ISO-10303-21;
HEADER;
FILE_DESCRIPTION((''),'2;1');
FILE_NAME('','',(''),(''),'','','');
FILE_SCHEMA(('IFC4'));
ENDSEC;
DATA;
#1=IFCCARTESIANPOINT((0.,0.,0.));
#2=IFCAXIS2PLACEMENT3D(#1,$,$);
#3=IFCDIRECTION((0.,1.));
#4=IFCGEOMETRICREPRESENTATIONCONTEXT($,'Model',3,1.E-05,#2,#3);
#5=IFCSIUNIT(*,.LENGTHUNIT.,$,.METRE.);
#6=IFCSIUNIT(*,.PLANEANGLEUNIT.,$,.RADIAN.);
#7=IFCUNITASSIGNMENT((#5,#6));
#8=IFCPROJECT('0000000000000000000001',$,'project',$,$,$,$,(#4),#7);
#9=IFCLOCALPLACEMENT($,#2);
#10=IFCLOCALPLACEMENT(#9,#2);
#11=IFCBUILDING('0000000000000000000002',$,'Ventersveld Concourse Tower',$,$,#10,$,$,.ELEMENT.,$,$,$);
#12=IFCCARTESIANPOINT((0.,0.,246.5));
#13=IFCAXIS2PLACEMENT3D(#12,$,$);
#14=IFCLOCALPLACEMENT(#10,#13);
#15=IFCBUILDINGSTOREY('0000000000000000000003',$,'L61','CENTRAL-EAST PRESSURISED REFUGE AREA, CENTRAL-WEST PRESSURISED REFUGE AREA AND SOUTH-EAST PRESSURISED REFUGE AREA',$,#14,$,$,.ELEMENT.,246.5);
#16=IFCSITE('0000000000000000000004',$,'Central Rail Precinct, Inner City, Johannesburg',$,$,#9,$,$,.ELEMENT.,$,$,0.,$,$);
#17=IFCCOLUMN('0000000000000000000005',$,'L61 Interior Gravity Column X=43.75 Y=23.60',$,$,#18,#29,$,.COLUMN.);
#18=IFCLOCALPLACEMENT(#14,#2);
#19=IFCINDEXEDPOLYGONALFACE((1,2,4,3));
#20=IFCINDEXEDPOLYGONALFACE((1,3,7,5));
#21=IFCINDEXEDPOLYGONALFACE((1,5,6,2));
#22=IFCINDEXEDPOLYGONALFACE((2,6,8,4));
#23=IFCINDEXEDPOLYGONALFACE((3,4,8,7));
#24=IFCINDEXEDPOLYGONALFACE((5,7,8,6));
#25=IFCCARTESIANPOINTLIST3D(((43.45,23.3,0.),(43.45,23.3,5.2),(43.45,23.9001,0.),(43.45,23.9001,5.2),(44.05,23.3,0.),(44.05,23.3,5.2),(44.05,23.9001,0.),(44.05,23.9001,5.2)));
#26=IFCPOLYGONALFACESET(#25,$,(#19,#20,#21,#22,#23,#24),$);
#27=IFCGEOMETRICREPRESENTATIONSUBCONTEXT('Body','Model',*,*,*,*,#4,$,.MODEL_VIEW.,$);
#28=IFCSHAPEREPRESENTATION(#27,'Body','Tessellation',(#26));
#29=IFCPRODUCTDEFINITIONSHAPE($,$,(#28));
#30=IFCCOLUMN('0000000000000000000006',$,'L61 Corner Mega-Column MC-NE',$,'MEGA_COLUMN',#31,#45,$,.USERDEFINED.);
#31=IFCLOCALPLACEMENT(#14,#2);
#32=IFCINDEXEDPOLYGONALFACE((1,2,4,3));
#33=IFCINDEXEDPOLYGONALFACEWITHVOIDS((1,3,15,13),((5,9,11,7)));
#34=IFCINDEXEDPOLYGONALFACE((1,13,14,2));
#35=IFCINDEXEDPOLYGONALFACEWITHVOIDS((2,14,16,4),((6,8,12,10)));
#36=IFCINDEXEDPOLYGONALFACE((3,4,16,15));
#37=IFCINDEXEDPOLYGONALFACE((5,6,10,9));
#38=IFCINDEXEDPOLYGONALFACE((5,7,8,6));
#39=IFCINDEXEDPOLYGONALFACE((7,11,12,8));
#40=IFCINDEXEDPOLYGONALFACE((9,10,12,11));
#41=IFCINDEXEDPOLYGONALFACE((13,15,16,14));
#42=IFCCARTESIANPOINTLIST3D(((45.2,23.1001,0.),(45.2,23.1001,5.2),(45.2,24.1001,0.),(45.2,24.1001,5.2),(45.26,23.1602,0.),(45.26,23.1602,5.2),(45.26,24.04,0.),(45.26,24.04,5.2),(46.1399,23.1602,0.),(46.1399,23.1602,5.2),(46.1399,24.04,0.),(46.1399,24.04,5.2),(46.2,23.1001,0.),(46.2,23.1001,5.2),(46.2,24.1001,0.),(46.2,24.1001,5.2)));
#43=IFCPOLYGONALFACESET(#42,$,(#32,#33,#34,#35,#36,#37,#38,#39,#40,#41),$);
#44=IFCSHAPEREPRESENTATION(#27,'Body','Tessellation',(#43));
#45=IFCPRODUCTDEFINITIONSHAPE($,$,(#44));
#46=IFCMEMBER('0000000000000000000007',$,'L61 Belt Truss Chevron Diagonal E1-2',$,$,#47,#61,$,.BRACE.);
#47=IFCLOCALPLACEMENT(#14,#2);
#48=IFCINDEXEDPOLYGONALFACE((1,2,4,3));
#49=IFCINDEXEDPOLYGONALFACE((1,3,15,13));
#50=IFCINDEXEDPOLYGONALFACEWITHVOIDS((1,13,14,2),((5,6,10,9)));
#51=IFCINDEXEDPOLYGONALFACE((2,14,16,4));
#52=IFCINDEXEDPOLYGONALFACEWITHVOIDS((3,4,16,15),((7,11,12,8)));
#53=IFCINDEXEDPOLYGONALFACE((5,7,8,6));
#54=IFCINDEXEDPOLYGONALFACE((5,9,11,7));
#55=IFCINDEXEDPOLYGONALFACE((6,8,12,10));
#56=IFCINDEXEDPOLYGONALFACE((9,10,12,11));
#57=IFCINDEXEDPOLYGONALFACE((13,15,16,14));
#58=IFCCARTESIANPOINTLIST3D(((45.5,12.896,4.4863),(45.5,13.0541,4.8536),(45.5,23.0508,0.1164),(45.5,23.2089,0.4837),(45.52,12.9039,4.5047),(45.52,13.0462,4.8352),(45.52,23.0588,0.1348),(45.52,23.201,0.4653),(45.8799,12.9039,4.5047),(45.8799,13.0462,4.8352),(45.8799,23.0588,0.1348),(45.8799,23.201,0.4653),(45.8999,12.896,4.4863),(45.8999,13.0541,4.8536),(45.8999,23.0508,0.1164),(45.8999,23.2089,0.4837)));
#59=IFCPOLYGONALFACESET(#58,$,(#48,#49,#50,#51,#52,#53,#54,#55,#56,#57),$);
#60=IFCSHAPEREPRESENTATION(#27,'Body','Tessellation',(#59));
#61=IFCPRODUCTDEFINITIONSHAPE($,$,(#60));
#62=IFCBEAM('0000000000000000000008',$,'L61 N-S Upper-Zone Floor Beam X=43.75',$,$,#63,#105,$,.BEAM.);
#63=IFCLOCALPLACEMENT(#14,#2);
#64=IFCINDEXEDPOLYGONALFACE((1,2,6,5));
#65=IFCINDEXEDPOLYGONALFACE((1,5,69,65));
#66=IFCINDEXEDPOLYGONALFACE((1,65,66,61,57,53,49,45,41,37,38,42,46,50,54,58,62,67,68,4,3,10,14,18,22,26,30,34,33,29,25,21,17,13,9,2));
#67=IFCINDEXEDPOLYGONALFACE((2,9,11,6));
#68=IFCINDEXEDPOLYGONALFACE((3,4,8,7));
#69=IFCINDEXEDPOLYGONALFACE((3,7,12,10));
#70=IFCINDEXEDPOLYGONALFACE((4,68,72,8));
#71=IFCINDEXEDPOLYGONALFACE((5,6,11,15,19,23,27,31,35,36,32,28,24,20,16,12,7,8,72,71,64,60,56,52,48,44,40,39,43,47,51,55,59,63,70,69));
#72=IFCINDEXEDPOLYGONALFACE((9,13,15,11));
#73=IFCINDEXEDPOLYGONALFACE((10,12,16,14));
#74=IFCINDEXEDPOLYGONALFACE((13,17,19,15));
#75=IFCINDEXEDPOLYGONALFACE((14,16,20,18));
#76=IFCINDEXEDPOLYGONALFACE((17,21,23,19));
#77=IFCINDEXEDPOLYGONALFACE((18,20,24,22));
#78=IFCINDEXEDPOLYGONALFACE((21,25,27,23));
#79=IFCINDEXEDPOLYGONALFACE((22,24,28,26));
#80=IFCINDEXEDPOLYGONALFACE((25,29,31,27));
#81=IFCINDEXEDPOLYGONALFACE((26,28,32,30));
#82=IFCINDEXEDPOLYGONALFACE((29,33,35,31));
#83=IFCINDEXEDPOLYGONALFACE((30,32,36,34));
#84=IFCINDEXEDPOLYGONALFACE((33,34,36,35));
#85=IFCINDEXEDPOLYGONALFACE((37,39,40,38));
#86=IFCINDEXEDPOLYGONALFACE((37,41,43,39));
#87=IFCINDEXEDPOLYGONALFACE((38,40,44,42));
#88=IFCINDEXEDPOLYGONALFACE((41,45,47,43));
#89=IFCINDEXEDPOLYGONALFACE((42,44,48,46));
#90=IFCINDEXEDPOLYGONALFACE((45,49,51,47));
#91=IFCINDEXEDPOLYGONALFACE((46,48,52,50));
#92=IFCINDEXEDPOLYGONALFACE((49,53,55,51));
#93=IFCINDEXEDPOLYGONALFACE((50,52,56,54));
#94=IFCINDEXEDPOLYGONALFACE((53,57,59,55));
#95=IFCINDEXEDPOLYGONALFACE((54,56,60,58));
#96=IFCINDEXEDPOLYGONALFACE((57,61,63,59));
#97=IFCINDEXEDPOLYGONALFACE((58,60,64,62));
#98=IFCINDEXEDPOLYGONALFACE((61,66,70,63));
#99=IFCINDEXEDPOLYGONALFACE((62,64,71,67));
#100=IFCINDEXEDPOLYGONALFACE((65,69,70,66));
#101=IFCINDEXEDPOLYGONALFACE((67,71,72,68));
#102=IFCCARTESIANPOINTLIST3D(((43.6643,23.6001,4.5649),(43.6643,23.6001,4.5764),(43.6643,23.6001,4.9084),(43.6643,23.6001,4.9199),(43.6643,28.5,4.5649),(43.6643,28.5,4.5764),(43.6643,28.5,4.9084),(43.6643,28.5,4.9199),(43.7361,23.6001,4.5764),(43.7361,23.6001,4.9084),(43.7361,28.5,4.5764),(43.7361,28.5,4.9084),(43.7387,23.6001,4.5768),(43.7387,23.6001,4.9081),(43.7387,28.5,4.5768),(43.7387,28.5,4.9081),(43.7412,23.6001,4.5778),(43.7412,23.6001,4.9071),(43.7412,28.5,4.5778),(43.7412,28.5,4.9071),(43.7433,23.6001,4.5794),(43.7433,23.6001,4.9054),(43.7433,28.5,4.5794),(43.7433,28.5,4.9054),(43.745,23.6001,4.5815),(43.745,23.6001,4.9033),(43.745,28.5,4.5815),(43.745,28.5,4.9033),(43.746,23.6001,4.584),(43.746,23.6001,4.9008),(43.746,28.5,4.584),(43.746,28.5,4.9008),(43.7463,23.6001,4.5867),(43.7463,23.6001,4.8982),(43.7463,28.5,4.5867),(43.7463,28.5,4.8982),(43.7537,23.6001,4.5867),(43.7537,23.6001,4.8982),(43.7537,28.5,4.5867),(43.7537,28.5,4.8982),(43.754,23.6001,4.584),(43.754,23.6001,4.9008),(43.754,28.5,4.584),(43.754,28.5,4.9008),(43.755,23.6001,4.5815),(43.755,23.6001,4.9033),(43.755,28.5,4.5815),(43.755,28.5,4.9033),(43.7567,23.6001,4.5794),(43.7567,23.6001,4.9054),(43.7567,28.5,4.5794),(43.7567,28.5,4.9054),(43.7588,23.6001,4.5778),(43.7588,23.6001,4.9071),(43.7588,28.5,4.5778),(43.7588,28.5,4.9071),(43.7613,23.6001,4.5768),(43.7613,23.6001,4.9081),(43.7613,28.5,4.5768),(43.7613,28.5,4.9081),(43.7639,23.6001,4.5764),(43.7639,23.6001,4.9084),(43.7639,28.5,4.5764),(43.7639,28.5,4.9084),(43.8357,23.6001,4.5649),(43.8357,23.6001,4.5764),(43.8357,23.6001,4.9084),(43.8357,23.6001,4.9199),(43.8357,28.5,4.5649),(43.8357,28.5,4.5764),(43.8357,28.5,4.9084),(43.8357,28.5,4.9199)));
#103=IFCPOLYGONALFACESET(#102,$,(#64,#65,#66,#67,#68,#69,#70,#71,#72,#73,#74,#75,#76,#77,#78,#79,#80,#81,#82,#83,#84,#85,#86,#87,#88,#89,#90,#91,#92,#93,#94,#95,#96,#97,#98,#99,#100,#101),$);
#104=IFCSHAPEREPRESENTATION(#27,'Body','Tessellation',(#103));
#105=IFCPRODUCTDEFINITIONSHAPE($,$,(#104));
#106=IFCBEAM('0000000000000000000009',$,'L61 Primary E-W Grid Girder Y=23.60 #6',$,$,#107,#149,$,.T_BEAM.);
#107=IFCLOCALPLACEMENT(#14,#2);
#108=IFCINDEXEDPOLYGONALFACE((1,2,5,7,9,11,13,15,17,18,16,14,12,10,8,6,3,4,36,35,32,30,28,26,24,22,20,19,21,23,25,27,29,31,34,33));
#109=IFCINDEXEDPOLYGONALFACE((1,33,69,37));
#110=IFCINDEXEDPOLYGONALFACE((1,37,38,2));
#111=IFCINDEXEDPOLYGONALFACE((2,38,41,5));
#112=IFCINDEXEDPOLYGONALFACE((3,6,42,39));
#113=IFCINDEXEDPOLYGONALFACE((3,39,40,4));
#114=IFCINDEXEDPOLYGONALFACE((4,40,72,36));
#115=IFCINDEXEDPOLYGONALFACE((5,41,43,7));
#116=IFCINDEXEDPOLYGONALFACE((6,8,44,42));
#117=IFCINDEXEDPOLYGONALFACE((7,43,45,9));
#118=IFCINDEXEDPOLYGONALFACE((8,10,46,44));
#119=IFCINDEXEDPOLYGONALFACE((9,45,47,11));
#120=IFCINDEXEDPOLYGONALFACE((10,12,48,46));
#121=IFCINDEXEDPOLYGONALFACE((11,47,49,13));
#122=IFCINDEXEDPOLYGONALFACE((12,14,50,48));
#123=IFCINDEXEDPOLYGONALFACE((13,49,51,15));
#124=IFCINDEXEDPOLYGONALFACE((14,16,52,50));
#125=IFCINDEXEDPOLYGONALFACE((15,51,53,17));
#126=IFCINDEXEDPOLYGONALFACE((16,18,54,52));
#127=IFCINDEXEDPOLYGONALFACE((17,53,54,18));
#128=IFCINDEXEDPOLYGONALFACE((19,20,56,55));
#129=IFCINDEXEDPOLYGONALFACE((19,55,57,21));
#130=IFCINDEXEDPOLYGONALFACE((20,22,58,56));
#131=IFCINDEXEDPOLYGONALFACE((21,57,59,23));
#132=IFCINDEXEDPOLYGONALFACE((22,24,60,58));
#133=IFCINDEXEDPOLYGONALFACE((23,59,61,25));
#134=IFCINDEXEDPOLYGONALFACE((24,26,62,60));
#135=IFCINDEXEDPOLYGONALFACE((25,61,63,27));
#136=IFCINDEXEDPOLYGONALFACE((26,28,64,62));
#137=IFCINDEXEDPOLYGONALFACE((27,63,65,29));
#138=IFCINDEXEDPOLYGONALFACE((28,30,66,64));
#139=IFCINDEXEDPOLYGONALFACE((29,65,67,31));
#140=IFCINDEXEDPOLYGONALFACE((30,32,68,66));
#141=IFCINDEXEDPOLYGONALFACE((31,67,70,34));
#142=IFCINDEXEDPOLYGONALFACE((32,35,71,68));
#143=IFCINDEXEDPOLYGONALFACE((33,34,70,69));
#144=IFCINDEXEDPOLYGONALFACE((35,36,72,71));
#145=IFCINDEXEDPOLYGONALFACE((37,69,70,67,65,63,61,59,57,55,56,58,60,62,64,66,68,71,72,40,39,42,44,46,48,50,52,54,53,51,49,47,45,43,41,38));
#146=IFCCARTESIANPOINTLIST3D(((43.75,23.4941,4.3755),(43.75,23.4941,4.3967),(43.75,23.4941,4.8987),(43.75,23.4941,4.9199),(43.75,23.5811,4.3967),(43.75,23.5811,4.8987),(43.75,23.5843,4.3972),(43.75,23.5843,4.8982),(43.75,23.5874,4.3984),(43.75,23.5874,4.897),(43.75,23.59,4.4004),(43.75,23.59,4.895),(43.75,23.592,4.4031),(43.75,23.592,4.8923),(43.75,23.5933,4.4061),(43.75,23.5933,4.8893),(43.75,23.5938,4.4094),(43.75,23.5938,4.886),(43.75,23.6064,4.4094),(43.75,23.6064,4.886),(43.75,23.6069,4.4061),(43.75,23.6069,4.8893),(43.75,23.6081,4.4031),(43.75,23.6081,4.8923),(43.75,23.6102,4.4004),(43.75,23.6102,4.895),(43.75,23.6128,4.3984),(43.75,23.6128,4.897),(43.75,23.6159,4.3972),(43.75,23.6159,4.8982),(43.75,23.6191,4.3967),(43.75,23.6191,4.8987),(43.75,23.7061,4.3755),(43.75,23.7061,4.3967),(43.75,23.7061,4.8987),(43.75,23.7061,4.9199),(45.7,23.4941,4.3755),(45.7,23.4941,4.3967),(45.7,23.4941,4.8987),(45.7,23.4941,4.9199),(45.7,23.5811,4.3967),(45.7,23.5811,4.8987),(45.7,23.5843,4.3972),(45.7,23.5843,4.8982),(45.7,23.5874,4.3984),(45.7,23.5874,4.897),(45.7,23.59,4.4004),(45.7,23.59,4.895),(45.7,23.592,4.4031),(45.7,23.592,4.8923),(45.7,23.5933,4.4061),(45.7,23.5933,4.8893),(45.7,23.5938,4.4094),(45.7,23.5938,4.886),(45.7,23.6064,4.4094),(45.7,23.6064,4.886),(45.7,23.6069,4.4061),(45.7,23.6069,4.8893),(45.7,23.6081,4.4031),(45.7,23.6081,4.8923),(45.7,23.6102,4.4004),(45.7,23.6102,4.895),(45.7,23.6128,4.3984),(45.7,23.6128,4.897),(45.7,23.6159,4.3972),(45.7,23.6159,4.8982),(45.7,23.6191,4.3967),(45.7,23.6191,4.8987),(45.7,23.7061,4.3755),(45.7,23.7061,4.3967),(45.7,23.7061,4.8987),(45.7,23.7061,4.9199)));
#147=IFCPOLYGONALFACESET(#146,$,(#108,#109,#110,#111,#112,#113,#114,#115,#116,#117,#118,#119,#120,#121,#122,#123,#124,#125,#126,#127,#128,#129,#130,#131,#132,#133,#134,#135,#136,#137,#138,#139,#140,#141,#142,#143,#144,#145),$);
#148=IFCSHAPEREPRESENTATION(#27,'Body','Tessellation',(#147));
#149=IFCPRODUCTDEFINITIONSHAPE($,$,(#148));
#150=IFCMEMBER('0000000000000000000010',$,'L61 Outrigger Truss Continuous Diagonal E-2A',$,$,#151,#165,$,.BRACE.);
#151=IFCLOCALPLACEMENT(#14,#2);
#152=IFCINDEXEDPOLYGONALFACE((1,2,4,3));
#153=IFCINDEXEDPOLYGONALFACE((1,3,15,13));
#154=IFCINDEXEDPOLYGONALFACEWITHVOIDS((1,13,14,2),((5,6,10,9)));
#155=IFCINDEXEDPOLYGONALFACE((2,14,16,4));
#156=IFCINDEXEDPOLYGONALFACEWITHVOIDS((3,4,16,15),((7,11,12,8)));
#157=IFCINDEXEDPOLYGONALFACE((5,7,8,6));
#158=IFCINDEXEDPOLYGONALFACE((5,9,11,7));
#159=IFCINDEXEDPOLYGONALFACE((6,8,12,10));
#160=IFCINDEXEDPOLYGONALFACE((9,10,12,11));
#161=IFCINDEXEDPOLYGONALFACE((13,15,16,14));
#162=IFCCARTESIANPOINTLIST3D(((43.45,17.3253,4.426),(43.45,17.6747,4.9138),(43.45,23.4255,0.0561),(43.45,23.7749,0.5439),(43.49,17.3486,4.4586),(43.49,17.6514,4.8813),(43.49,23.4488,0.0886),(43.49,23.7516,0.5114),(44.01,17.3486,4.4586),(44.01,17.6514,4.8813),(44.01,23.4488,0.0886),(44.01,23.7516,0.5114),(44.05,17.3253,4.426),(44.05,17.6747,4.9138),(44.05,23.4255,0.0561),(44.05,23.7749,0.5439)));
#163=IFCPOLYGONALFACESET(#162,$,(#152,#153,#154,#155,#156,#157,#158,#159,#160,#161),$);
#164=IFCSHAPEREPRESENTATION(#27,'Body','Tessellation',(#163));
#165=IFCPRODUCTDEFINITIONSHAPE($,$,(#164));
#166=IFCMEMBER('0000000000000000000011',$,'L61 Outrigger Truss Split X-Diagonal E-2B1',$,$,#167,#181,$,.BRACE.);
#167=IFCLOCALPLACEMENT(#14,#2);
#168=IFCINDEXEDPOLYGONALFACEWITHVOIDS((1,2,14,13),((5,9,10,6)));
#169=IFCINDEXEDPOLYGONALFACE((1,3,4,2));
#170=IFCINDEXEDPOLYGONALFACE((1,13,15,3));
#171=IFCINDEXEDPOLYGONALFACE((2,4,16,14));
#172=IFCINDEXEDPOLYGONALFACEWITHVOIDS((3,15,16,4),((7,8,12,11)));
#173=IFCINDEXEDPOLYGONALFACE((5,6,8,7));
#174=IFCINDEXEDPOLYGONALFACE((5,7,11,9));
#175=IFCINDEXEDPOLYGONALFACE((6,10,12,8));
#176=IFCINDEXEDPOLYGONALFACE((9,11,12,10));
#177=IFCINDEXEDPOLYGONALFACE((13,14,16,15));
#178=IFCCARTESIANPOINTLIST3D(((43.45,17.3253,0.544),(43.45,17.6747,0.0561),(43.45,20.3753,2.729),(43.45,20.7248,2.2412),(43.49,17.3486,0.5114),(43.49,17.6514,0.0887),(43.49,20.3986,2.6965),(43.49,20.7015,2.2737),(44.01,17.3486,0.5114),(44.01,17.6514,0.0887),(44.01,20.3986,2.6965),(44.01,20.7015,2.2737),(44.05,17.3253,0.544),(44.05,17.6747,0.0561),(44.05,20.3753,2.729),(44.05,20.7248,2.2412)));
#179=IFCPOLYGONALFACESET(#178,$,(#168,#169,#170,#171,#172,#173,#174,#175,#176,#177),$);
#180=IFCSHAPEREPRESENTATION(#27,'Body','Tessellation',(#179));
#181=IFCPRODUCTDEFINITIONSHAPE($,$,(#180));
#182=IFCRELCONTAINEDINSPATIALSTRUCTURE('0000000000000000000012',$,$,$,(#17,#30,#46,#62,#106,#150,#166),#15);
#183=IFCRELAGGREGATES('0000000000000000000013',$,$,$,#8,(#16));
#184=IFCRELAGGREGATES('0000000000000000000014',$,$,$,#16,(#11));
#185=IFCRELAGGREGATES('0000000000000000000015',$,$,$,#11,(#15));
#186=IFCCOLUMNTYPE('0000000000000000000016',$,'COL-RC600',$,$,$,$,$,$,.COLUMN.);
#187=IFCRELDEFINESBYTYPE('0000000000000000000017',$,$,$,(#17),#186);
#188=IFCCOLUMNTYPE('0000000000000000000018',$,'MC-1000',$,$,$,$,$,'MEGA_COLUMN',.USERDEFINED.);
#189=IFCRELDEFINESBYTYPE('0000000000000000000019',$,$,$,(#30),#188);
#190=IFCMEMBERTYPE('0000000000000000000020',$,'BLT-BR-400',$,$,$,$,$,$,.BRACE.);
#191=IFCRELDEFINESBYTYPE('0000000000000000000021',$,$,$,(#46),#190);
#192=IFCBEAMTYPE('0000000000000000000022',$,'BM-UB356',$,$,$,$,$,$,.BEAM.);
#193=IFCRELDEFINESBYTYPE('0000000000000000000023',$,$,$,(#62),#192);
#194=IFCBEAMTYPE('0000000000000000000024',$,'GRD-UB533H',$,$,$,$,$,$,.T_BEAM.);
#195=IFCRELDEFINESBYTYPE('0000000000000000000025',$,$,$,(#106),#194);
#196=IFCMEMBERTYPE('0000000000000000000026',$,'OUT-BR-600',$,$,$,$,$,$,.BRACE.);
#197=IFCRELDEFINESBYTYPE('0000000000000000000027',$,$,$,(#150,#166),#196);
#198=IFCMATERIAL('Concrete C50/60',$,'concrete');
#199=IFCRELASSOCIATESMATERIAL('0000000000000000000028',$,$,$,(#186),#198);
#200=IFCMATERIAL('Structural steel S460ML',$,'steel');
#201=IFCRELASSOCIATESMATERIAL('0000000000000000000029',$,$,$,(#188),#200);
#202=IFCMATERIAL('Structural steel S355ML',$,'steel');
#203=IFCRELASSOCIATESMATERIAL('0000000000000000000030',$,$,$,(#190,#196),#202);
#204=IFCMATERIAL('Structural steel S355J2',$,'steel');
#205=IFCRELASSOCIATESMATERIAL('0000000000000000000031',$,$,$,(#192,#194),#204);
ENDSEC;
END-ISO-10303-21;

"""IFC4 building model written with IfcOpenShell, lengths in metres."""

from ifc_helpers import new_model, si_unit, direction, frame, origin, origin_2d, place, context, subcontext, project, spatial, rectangle, hollow_rectangle, i_section, extrude, material, material_profile, profile_set, type_object, element, save


model = new_model("IFC4")

# Units and contexts
model_context = context("Model", 3, precision=1e-05, world=origin(), true_north=direction((0.0, 1.0)))
body_context = subcontext(model_context, "Body", "Model", "MODEL_VIEW")
ifc_project = project(units=[si_unit("LENGTHUNIT", "METRE"), si_unit("PLANEANGLEUNIT", "RADIAN")], contexts=[model_context])

# Site, building, storey
site_placement = place(None, origin())
site = spatial("IfcSite", under=ifc_project, at=site_placement, Name="Central Rail Precinct, Inner City, Johannesburg", CompositionType="ELEMENT", RefElevation=0.0)
building_placement = place(site_placement, origin())
building = spatial("IfcBuilding", under=site, at=building_placement, Name="Ventersveld Concourse Tower", CompositionType="ELEMENT")
storey_placement = place(building_placement, frame((0.0, 0.0, 246.5)))
storey = spatial("IfcBuildingStorey", under=building, at=storey_placement, Name="L61", Description="CENTRAL-EAST PRESSURISED REFUGE AREA, CENTRAL-WEST PRESSURISED REFUGE AREA AND SOUTH-EAST PRESSURISED REFUGE AREA", CompositionType="ELEMENT", Elevation=246.5)

# Columns
ifc_material_1 = material(Name="Concrete C50/60", Category="concrete")
ifc_material_profile_1 = material_profile(ifc_material_1, rectangle(XDim=0.6001, YDim=0.6001, at=origin_2d()), Name="RC 600x600")
ifc_profile_set_1 = profile_set([ifc_material_profile_1], Name="Concrete C50/60")
column_type_1 = type_object("IfcColumnType", Name="COL-RC600", PredefinedType="COLUMN", material=ifc_profile_set_1)
column_1_placement = place(storey_placement, frame((43.75, 23.6001, 0.0), z_axis=(0.0, 0.0, 1.0), x_axis=(1.0, 0.0, 0.0)))
element("IfcColumn", 1, at=column_1_placement, inside=storey, type_object=column_type_1, Name="L61 Interior Gravity Column X=43.75 Y=23.60", PredefinedType="COLUMN", context=body_context, shape_type="SweptSolid", body=[
    extrude(rectangle(XDim=0.6001, YDim=0.6001, at=origin_2d()), origin(), (0.0, 0.0, 1.0), 5.2),
])
ifc_material_2 = material(Name="Structural steel S460ML", Category="steel")
ifc_material_profile_2 = material_profile(ifc_material_2, hollow_rectangle(XDim=1.0, YDim=1.0, WallThickness=0.0601, at=origin_2d()), Name="BOX 1000x1000x60")
ifc_profile_set_2 = profile_set([ifc_material_profile_2], Name="Structural steel S460ML")
column_type_2 = type_object("IfcColumnType", Name="MC-1000", ElementType="MEGA_COLUMN", PredefinedType="USERDEFINED", material=ifc_profile_set_2)
column_2_placement = place(storey_placement, frame((45.7, 23.6001, 0.0), z_axis=(0.0, 0.0, 1.0), x_axis=(1.0, 0.0, 0.0)))
element("IfcColumn", 2, at=column_2_placement, inside=storey, type_object=column_type_2, Name="L61 Corner Mega-Column MC-NE", ObjectType="MEGA_COLUMN", PredefinedType="USERDEFINED", context=body_context, shape_type="SweptSolid", body=[
    extrude(hollow_rectangle(XDim=1.0, YDim=1.0, WallThickness=0.0601, at=origin_2d()), origin(), (0.0, 0.0, 1.0), 5.2),
])

# Member
ifc_material_3 = material(Name="Structural steel S355ML", Category="steel")
ifc_material_profile_3 = material_profile(ifc_material_3, hollow_rectangle(XDim=0.3999, YDim=0.3999, WallThickness=0.02, at=origin_2d()), Name="SHS 400x400x20")
ifc_profile_set_3 = profile_set([ifc_material_profile_3], Name="Structural steel S355ML")
member_type_1 = type_object("IfcMemberType", Name="BLT-BR-400", PredefinedType="BRACE", material=ifc_profile_set_3)
member_1_placement = place(storey_placement, frame((45.7, 23.1299, 0.3), z_axis=(0.0, -0.91856, 0.395281), x_axis=(1.0, 0.0, 0.0)))
element("IfcMember", 3, at=member_1_placement, inside=storey, type_object=member_type_1, Name="L61 Belt Truss Chevron Diagonal E1-2", PredefinedType="BRACE", context=body_context, shape_type="SweptSolid", body=[
    extrude(hollow_rectangle(XDim=0.3999, YDim=0.3999, WallThickness=0.02, at=origin_2d()), origin(), (0.0, 0.0, 1.0), 11.0552),
])

# Beams
ifc_material_4 = material(Name="Structural steel S355J2", Category="steel")
ifc_material_profile_4 = material_profile(ifc_material_4, i_section(OverallWidth=0.1714, OverallDepth=0.355, WebThickness=0.0073, FlangeThickness=0.0115, FilletRadius=0.0103, at=origin_2d()), Name="UB 356x171x51")
ifc_profile_set_4 = profile_set([ifc_material_profile_4], Name="Structural steel S355J2")
beam_type_1 = type_object("IfcBeamType", Name="BM-UB356", PredefinedType="BEAM", material=ifc_profile_set_4)
beam_1_placement = place(storey_placement, frame((43.75, 23.6001, 4.7424), z_axis=(0.0, 1.0, 0.0), x_axis=(-1.0, 0.0, 0.0)))
element("IfcBeam", 4, at=beam_1_placement, inside=storey, type_object=beam_type_1, Name="L61 N-S Upper-Zone Floor Beam X=43.75", PredefinedType="BEAM", context=body_context, shape_type="SweptSolid", body=[
    extrude(i_section(OverallWidth=0.1714, OverallDepth=0.355, WebThickness=0.0073, FlangeThickness=0.0115, FilletRadius=0.0103, at=origin_2d()), origin(), (0.0, 0.0, 1.0), 4.8999),
])
ifc_material_profile_5 = material_profile(ifc_material_4, i_section(OverallWidth=0.2119, OverallDepth=0.5444, WebThickness=0.0127, FlangeThickness=0.0212, FilletRadius=0.0127, at=origin_2d()), Name="UB 533x210x122")
ifc_profile_set_5 = profile_set([ifc_material_profile_5], Name="Structural steel S355J2")
beam_type_2 = type_object("IfcBeamType", Name="GRD-UB533H", PredefinedType="T_BEAM", material=ifc_profile_set_5)
beam_2_placement = place(storey_placement, frame((43.75, 23.6001, 4.6477), z_axis=(1.0, 0.0, 0.0), x_axis=(0.0, 1.0, 0.0)))
element("IfcBeam", 5, at=beam_2_placement, inside=storey, type_object=beam_type_2, Name="L61 Primary E-W Grid Girder Y=23.60 #6", PredefinedType="T_BEAM", context=body_context, shape_type="SweptSolid", body=[
    extrude(i_section(OverallWidth=0.2119, OverallDepth=0.5444, WebThickness=0.0127, FlangeThickness=0.0212, FilletRadius=0.0127, at=origin_2d()), origin(), (0.0, 0.0, 1.0), 1.95),
])

# Members
ifc_material_profile_6 = material_profile(ifc_material_3, hollow_rectangle(XDim=0.6001, YDim=0.6001, WallThickness=0.04, at=origin_2d()), Name="BOX 600x600x40")
ifc_profile_set_6 = profile_set([ifc_material_profile_6], Name="Structural steel S355ML")
member_type_2 = type_object("IfcMemberType", Name="OUT-BR-600", PredefinedType="BRACE", material=ifc_profile_set_6)
member_2_placement = place(storey_placement, frame((43.75, 17.5, 4.6699), z_axis=(0.0, 0.812935, -0.582355), x_axis=(-1.0, 0.0, 0.0)))
element("IfcMember", 6, at=member_2_placement, inside=storey, type_object=member_type_2, Name="L61 Outrigger Truss Continuous Diagonal E-2A", PredefinedType="BRACE", context=body_context, shape_type="SweptSolid", body=[
    extrude(hollow_rectangle(XDim=0.6001, YDim=0.6001, WallThickness=0.04, at=origin_2d()), origin(), (0.0, 0.0, 1.0), 7.5039),
])
member_3_placement = place(storey_placement, frame((43.75, 17.5, 0.3), z_axis=(0.0, 0.812919, 0.582376), x_axis=(-1.0, 0.0, 0.0)))
element("IfcMember", 7, at=member_3_placement, inside=storey, type_object=member_type_2, Name="L61 Outrigger Truss Split X-Diagonal E-2B1", PredefinedType="BRACE", context=body_context, shape_type="SweptSolid", body=[
    extrude(hollow_rectangle(XDim=0.6001, YDim=0.6001, WallThickness=0.04, at=origin_2d()), origin(), (0.0, 0.0, 1.0), 3.752),
])

save(model, "model.ifc")
